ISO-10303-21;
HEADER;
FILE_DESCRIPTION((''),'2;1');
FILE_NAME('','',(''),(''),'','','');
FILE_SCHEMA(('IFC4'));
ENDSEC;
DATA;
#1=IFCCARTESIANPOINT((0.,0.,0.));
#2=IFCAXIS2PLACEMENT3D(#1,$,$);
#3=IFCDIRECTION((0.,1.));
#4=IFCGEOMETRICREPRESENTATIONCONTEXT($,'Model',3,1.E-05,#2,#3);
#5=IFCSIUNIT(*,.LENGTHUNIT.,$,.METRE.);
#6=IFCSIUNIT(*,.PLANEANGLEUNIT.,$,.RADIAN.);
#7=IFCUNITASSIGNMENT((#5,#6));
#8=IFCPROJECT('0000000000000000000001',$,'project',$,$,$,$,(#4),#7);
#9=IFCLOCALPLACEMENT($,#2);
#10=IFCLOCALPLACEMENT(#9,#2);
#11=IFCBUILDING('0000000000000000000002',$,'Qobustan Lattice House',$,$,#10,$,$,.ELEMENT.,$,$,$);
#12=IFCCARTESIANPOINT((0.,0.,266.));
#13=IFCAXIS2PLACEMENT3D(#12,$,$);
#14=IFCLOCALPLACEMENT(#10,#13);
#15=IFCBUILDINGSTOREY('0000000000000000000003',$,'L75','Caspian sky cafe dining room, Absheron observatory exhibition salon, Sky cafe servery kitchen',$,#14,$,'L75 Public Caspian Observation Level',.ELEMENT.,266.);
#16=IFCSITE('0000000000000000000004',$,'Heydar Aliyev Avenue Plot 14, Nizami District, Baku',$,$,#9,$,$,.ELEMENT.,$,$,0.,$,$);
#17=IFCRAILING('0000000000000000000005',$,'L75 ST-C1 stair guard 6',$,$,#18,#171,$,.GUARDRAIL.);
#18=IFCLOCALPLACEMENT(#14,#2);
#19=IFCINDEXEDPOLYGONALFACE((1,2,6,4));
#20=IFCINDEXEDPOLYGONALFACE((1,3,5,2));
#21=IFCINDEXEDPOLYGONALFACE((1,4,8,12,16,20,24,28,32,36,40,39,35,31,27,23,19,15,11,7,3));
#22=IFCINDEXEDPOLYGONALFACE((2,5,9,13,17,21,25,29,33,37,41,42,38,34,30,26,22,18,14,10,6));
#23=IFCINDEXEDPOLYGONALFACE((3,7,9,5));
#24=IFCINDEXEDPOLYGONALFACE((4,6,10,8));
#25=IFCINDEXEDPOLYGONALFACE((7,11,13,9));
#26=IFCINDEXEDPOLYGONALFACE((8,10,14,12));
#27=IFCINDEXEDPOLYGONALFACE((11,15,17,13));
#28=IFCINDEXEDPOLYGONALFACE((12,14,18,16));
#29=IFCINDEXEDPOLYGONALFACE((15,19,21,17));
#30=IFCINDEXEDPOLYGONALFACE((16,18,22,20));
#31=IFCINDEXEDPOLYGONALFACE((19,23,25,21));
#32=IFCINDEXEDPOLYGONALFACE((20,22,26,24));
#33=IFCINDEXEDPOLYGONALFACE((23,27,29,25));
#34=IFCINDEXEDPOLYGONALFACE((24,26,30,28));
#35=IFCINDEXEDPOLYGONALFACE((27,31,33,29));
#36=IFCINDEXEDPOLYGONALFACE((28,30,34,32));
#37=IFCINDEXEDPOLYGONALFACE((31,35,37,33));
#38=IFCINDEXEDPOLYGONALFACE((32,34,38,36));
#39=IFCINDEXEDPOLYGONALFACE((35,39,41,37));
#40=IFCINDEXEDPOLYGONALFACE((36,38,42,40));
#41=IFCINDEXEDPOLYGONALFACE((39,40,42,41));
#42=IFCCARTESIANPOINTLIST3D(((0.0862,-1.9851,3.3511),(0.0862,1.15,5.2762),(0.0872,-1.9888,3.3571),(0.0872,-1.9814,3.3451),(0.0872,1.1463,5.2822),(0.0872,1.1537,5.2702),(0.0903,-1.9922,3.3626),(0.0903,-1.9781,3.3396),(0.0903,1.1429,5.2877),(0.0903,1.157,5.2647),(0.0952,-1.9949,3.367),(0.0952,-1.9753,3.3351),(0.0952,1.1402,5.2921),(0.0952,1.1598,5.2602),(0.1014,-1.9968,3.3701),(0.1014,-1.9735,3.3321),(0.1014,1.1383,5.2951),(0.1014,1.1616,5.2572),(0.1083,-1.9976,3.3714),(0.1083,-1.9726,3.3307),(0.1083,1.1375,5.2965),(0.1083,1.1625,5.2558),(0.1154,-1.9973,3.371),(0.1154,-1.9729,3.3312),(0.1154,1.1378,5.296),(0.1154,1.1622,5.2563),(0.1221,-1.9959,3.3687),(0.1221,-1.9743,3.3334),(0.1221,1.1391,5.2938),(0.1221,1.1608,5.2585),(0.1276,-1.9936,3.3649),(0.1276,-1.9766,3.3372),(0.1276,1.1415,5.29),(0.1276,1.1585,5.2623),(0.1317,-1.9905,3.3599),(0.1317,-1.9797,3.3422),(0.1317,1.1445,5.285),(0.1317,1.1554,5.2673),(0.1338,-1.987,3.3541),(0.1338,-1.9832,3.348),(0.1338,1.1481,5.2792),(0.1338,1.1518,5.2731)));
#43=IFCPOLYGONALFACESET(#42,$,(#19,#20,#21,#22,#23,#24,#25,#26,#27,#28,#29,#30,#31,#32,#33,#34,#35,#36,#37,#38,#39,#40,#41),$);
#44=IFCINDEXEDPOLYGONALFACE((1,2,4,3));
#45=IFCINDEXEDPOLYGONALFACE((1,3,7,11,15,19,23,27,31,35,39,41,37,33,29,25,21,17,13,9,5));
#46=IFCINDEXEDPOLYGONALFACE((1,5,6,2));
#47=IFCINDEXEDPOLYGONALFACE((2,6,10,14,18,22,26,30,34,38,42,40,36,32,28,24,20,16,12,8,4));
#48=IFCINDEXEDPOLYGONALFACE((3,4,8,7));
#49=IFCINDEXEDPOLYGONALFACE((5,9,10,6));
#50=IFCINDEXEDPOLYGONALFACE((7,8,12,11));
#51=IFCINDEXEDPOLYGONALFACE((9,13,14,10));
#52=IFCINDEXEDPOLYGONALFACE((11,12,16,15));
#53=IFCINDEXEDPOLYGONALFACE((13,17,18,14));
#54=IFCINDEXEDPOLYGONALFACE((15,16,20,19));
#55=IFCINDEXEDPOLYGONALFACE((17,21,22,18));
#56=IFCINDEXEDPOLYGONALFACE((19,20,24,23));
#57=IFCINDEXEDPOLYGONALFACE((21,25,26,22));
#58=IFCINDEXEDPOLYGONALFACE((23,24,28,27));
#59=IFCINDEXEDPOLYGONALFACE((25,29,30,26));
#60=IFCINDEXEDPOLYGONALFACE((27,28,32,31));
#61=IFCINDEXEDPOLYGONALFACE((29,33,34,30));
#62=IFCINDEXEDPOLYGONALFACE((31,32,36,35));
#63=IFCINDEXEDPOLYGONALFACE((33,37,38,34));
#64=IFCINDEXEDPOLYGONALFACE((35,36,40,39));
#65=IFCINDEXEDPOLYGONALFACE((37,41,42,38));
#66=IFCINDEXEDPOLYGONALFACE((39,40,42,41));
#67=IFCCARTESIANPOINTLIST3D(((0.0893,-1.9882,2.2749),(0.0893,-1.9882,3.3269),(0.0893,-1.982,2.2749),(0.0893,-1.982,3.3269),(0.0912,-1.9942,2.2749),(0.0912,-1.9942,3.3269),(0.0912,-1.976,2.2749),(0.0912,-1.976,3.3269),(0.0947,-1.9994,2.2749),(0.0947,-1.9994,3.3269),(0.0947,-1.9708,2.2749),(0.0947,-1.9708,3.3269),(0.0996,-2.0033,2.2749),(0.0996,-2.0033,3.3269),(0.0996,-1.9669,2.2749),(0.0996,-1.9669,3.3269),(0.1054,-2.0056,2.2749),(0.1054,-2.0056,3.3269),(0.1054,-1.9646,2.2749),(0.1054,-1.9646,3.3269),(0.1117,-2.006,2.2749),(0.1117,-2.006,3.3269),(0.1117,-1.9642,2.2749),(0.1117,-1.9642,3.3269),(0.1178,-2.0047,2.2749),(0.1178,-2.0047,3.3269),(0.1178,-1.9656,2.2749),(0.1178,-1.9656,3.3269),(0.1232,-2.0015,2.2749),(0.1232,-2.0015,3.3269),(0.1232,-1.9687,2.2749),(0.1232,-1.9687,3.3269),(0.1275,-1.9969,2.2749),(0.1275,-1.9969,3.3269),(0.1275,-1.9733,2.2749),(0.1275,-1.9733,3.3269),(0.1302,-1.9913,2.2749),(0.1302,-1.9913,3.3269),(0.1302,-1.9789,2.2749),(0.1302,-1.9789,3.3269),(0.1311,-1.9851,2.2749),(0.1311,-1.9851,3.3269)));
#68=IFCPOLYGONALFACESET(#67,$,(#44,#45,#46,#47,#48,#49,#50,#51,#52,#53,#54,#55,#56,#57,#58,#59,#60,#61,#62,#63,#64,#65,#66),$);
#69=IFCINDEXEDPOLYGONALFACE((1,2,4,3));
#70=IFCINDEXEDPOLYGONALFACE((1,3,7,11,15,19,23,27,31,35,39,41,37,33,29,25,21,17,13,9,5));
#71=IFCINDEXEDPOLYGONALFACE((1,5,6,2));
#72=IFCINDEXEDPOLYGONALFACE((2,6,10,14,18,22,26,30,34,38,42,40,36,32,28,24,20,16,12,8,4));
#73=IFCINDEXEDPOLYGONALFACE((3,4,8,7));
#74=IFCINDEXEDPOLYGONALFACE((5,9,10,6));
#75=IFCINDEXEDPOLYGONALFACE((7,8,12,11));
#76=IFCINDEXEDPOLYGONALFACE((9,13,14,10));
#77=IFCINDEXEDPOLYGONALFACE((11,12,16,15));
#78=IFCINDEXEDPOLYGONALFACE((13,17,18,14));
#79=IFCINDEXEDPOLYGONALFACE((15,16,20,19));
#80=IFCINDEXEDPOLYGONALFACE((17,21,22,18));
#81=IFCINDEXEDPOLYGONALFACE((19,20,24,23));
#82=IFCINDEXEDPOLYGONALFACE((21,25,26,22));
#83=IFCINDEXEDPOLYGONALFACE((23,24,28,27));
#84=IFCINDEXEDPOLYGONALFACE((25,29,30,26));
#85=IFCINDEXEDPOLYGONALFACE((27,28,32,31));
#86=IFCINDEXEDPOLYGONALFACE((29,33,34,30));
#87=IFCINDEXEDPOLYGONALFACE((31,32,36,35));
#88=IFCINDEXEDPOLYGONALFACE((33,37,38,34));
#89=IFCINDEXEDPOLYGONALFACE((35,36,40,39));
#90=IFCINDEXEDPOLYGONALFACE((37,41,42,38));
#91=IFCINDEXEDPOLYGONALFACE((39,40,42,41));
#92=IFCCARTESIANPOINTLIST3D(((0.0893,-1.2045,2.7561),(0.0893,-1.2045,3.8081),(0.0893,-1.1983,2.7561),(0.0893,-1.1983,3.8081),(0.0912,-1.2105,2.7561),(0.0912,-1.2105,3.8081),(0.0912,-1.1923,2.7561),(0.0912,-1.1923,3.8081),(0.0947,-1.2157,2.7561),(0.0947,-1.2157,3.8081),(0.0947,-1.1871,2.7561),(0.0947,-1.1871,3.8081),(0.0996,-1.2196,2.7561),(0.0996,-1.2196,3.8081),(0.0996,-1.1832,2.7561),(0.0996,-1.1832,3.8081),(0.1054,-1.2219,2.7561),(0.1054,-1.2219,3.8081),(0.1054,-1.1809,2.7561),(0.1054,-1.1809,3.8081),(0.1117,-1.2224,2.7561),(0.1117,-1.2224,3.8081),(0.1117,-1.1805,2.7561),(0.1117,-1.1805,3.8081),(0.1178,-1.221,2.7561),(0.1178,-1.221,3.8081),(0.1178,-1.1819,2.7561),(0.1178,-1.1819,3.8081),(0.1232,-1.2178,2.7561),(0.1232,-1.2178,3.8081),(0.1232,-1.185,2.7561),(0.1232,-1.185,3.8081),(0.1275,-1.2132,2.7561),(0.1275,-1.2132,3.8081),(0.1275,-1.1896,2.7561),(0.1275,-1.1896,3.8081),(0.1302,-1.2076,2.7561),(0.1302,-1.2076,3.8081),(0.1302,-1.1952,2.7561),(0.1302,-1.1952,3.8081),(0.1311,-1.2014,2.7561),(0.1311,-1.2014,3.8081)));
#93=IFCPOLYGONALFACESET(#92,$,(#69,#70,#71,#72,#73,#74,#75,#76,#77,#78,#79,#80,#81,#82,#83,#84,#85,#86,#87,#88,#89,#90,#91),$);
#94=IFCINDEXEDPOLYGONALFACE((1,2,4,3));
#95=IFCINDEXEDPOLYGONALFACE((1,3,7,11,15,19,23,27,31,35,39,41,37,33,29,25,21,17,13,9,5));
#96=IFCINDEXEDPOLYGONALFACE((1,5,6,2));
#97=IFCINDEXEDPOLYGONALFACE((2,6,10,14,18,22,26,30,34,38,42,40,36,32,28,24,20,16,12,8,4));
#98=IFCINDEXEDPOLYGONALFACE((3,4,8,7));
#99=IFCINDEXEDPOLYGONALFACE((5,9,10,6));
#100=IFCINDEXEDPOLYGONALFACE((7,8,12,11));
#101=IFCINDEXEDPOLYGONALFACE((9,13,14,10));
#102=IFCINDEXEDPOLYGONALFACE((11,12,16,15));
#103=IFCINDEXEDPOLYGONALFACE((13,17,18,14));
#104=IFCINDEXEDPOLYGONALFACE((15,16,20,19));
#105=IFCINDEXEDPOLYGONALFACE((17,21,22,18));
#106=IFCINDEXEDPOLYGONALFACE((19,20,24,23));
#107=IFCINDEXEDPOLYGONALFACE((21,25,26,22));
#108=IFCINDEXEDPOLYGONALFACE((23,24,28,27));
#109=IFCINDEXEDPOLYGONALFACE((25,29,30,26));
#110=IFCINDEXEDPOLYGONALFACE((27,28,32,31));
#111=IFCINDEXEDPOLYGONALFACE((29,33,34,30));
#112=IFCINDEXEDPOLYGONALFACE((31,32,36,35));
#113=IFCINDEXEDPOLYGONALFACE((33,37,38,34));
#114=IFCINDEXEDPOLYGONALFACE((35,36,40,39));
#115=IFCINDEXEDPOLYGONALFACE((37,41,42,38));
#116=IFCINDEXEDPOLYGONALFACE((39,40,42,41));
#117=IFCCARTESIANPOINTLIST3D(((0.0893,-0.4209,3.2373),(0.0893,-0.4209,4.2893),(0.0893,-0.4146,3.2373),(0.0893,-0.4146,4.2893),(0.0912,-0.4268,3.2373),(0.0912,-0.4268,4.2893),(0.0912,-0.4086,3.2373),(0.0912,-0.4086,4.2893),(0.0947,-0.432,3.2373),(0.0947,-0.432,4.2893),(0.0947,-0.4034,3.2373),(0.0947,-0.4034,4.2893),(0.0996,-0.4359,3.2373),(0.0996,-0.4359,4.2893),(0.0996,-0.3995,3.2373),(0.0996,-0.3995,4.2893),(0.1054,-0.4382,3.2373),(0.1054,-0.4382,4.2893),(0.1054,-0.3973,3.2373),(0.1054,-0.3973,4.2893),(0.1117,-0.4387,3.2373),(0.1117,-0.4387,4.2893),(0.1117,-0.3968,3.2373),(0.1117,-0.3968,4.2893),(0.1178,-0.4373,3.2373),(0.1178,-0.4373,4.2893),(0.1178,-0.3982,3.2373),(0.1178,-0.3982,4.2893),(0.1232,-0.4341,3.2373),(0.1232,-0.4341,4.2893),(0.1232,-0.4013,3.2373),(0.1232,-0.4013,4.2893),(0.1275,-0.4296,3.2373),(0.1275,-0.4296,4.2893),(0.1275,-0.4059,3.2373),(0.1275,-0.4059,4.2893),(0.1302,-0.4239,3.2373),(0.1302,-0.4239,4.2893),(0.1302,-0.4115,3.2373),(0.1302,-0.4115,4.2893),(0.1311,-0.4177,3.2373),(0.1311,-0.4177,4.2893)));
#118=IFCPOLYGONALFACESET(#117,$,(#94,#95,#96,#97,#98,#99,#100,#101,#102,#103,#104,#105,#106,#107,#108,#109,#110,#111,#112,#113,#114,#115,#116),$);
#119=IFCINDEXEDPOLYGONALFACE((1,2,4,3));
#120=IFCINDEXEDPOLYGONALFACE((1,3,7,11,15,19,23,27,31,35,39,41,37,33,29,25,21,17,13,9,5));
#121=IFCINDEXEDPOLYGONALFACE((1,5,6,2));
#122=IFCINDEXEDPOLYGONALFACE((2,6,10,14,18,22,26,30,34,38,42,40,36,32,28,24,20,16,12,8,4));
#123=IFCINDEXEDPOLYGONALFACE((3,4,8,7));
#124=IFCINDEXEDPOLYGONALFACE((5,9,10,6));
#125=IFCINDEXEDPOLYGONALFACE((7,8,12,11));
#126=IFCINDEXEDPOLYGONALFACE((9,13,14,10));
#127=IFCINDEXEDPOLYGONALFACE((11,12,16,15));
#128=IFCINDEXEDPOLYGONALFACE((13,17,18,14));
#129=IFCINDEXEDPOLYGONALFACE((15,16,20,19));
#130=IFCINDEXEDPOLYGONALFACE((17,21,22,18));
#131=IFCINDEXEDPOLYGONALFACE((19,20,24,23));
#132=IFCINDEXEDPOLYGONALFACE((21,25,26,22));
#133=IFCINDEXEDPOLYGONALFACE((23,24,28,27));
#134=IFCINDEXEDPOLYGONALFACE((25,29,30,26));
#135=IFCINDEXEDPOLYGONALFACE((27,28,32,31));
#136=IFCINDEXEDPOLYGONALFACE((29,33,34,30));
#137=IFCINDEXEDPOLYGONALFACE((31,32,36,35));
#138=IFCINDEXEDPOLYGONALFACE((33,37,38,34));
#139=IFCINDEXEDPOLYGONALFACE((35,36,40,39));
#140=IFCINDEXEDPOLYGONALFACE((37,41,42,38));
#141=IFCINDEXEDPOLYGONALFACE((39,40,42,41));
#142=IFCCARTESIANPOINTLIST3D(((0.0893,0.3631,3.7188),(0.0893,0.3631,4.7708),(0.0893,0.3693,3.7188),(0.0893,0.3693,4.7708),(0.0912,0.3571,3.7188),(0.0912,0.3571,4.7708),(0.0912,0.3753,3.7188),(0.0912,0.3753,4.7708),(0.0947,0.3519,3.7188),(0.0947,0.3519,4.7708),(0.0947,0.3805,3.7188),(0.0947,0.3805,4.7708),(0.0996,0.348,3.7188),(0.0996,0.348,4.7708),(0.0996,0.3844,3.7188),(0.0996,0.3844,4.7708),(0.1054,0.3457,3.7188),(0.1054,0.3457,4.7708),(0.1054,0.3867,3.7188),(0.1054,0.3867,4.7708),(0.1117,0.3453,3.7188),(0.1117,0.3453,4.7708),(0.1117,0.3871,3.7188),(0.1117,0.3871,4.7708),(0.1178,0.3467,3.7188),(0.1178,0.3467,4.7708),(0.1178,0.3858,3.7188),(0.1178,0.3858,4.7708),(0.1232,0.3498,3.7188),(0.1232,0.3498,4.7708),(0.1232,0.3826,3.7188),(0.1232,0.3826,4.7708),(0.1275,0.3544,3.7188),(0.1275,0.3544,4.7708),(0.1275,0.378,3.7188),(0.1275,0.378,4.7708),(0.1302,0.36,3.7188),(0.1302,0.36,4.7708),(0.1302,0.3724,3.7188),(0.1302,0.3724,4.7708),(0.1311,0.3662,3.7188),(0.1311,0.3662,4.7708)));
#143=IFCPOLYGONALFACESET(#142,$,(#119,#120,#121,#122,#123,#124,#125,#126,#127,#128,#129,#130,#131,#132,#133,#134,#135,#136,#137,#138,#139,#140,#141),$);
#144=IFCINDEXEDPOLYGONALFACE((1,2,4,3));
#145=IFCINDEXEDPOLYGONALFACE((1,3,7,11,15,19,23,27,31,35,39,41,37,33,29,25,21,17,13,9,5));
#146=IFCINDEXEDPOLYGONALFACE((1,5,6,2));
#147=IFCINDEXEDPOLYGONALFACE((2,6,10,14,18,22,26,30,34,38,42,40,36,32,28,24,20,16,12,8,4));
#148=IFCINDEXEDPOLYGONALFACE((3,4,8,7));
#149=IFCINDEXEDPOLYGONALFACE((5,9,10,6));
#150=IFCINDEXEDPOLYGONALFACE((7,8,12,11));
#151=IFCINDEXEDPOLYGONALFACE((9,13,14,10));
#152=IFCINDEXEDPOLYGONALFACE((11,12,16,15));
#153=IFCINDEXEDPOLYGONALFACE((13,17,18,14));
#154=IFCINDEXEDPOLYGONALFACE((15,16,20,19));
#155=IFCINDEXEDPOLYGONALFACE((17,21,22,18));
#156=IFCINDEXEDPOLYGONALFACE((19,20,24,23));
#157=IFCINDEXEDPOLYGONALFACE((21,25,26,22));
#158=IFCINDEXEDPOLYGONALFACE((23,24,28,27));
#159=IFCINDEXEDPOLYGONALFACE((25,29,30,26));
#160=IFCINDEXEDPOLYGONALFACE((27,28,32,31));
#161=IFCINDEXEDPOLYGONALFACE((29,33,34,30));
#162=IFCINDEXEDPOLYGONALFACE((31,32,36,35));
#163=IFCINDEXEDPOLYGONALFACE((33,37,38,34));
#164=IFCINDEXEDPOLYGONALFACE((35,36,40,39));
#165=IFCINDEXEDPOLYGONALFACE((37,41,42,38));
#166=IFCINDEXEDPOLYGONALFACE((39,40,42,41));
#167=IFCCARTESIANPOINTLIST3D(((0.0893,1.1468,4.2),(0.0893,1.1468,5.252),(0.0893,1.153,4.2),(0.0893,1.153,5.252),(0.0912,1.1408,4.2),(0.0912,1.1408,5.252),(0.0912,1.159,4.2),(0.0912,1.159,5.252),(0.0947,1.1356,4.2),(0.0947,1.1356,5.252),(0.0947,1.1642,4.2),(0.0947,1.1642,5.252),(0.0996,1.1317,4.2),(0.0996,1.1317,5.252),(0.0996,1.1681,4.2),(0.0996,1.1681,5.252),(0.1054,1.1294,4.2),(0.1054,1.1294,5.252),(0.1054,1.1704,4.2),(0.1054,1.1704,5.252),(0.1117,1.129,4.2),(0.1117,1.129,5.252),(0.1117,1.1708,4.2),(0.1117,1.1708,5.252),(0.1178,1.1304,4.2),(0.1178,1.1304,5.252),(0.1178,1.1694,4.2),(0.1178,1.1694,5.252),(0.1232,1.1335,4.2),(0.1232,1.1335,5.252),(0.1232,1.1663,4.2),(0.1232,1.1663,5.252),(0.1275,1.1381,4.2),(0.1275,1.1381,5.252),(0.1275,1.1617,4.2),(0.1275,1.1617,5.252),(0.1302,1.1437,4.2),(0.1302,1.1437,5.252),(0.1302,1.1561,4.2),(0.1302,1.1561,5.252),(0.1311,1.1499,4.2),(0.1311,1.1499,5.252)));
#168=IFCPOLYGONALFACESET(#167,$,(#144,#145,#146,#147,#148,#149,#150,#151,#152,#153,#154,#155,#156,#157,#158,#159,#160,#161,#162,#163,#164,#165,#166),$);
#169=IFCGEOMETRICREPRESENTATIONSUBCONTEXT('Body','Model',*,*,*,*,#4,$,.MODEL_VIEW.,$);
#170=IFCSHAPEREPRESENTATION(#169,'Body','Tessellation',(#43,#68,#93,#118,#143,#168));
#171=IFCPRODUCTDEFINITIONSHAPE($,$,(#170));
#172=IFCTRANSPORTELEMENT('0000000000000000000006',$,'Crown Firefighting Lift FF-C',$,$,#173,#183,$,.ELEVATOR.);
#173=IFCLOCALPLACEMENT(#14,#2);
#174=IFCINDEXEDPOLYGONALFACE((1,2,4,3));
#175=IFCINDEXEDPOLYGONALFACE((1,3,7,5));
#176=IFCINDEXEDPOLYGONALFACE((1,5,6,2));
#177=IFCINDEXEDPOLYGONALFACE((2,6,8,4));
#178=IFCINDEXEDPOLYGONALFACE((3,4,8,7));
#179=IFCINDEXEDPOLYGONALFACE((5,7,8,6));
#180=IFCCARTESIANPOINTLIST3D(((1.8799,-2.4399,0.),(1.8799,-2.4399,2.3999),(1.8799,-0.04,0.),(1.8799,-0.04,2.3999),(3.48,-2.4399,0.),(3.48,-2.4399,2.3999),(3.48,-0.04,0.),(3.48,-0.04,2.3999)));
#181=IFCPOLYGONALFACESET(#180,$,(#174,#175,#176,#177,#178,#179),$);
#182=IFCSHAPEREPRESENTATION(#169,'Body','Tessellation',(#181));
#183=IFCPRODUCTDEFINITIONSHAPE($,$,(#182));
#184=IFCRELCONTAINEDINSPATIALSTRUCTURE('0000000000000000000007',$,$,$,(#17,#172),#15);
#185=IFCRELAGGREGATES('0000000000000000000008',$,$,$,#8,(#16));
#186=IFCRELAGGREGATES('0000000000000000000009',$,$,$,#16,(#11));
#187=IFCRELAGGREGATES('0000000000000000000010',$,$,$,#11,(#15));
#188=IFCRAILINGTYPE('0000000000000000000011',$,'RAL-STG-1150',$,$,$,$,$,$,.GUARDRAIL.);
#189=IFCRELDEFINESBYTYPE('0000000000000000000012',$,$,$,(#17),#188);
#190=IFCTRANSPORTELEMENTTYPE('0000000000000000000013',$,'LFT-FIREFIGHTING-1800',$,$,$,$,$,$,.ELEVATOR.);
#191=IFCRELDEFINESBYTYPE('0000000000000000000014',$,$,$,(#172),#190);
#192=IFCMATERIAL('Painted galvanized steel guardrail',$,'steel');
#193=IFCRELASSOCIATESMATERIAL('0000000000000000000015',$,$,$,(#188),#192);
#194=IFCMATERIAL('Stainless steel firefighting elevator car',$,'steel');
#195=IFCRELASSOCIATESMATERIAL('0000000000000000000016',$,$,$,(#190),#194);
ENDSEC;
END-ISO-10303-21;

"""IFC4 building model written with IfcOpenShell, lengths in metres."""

from ifc_helpers import new_model, si_unit, direction, frame, origin, origin_2d, place, context, subcontext, project, spatial, rectangle, circle, extrude, material, type_object, element, save


model = new_model("IFC4")

# Units and contexts
model_context = context("Model", 3, precision=1e-05, world=origin(), true_north=direction((0.0, 1.0)))
body_context = subcontext(model_context, "Body", "Model", "MODEL_VIEW")
ifc_project = project(units=[si_unit("LENGTHUNIT", "METRE"), si_unit("PLANEANGLEUNIT", "RADIAN")], contexts=[model_context])

# Site, building, storey
site_placement = place(None, origin())
site = spatial("IfcSite", under=ifc_project, at=site_placement, Name="Heydar Aliyev Avenue Plot 14, Nizami District, Baku", CompositionType="ELEMENT", RefElevation=0.0)
building_placement = place(site_placement, origin())
building = spatial("IfcBuilding", under=site, at=building_placement, Name="Qobustan Lattice House", CompositionType="ELEMENT")
storey_placement = place(building_placement, frame((0.0, 0.0, 266.0)))
storey = spatial("IfcBuildingStorey", under=building, at=storey_placement, Name="L75", Description="Caspian sky cafe dining room, Absheron observatory exhibition salon, Sky cafe servery kitchen", LongName="L75 Public Caspian Observation Level", CompositionType="ELEMENT", Elevation=266.0)

# Railing
ifc_material_1 = material(Name="Painted galvanized steel guardrail", Category="steel")
railing_type_1 = type_object("IfcRailingType", Name="RAL-STG-1150", PredefinedType="GUARDRAIL", material=ifc_material_1)
railing_1_placement = place(storey_placement, frame((0.1101, -1.9851, 2.2749)))
element("IfcRailing", 1, at=railing_1_placement, inside=storey, type_object=railing_type_1, Name="L75 ST-C1 stair guard 6", PredefinedType="GUARDRAIL", context=body_context, shape_type="SweptSolid", body=[
    extrude(circle(Radius=0.0239, at=origin_2d()), frame((0.0, 0.0, 1.0762), z_axis=(0.0, 0.852166, 0.523271), x_axis=(-1.0, 0.0, 0.0)), (0.0, 0.0, 1.0), 3.679),
    extrude(circle(Radius=0.021, at=origin_2d()), origin(), (0.0, 0.0, 1.0), 1.052),
    extrude(circle(Radius=0.021, at=origin_2d()), frame((0.0, 0.7837, 0.4812)), (0.0, 0.0, 1.0), 1.052),
    extrude(circle(Radius=0.021, at=origin_2d()), frame((0.0, 1.5674, 0.9624)), (0.0, 0.0, 1.0), 1.052),
    extrude(circle(Radius=0.021, at=origin_2d()), frame((0.0, 2.3513, 1.4438)), (0.0, 0.0, 1.0), 1.052),
    extrude(circle(Radius=0.021, at=origin_2d()), frame((0.0, 3.135, 1.925)), (0.0, 0.0, 1.0), 1.052),
])

# Transport element
ifc_material_2 = material(Name="Stainless steel firefighting elevator car", Category="steel")
transport_element_type = type_object("IfcTransportElementType", Name="LFT-FIREFIGHTING-1800", PredefinedType="ELEVATOR", material=ifc_material_2)
transport_element_placement = place(storey_placement, frame((2.6799, -1.24, 0.0), z_axis=(0.0, 0.0, 1.0), x_axis=(1.0, 0.0, 0.0)))
element("IfcTransportElement", 2, at=transport_element_placement, inside=storey, type_object=transport_element_type, Name="Crown Firefighting Lift FF-C", PredefinedType="ELEVATOR", context=body_context, shape_type="SweptSolid", body=[
    extrude(rectangle(XDim=1.6001, YDim=2.3999, at=origin_2d()), origin(), (0.0, 0.0, 1.0), 2.3999),
])

save(model, "model.ifc")
